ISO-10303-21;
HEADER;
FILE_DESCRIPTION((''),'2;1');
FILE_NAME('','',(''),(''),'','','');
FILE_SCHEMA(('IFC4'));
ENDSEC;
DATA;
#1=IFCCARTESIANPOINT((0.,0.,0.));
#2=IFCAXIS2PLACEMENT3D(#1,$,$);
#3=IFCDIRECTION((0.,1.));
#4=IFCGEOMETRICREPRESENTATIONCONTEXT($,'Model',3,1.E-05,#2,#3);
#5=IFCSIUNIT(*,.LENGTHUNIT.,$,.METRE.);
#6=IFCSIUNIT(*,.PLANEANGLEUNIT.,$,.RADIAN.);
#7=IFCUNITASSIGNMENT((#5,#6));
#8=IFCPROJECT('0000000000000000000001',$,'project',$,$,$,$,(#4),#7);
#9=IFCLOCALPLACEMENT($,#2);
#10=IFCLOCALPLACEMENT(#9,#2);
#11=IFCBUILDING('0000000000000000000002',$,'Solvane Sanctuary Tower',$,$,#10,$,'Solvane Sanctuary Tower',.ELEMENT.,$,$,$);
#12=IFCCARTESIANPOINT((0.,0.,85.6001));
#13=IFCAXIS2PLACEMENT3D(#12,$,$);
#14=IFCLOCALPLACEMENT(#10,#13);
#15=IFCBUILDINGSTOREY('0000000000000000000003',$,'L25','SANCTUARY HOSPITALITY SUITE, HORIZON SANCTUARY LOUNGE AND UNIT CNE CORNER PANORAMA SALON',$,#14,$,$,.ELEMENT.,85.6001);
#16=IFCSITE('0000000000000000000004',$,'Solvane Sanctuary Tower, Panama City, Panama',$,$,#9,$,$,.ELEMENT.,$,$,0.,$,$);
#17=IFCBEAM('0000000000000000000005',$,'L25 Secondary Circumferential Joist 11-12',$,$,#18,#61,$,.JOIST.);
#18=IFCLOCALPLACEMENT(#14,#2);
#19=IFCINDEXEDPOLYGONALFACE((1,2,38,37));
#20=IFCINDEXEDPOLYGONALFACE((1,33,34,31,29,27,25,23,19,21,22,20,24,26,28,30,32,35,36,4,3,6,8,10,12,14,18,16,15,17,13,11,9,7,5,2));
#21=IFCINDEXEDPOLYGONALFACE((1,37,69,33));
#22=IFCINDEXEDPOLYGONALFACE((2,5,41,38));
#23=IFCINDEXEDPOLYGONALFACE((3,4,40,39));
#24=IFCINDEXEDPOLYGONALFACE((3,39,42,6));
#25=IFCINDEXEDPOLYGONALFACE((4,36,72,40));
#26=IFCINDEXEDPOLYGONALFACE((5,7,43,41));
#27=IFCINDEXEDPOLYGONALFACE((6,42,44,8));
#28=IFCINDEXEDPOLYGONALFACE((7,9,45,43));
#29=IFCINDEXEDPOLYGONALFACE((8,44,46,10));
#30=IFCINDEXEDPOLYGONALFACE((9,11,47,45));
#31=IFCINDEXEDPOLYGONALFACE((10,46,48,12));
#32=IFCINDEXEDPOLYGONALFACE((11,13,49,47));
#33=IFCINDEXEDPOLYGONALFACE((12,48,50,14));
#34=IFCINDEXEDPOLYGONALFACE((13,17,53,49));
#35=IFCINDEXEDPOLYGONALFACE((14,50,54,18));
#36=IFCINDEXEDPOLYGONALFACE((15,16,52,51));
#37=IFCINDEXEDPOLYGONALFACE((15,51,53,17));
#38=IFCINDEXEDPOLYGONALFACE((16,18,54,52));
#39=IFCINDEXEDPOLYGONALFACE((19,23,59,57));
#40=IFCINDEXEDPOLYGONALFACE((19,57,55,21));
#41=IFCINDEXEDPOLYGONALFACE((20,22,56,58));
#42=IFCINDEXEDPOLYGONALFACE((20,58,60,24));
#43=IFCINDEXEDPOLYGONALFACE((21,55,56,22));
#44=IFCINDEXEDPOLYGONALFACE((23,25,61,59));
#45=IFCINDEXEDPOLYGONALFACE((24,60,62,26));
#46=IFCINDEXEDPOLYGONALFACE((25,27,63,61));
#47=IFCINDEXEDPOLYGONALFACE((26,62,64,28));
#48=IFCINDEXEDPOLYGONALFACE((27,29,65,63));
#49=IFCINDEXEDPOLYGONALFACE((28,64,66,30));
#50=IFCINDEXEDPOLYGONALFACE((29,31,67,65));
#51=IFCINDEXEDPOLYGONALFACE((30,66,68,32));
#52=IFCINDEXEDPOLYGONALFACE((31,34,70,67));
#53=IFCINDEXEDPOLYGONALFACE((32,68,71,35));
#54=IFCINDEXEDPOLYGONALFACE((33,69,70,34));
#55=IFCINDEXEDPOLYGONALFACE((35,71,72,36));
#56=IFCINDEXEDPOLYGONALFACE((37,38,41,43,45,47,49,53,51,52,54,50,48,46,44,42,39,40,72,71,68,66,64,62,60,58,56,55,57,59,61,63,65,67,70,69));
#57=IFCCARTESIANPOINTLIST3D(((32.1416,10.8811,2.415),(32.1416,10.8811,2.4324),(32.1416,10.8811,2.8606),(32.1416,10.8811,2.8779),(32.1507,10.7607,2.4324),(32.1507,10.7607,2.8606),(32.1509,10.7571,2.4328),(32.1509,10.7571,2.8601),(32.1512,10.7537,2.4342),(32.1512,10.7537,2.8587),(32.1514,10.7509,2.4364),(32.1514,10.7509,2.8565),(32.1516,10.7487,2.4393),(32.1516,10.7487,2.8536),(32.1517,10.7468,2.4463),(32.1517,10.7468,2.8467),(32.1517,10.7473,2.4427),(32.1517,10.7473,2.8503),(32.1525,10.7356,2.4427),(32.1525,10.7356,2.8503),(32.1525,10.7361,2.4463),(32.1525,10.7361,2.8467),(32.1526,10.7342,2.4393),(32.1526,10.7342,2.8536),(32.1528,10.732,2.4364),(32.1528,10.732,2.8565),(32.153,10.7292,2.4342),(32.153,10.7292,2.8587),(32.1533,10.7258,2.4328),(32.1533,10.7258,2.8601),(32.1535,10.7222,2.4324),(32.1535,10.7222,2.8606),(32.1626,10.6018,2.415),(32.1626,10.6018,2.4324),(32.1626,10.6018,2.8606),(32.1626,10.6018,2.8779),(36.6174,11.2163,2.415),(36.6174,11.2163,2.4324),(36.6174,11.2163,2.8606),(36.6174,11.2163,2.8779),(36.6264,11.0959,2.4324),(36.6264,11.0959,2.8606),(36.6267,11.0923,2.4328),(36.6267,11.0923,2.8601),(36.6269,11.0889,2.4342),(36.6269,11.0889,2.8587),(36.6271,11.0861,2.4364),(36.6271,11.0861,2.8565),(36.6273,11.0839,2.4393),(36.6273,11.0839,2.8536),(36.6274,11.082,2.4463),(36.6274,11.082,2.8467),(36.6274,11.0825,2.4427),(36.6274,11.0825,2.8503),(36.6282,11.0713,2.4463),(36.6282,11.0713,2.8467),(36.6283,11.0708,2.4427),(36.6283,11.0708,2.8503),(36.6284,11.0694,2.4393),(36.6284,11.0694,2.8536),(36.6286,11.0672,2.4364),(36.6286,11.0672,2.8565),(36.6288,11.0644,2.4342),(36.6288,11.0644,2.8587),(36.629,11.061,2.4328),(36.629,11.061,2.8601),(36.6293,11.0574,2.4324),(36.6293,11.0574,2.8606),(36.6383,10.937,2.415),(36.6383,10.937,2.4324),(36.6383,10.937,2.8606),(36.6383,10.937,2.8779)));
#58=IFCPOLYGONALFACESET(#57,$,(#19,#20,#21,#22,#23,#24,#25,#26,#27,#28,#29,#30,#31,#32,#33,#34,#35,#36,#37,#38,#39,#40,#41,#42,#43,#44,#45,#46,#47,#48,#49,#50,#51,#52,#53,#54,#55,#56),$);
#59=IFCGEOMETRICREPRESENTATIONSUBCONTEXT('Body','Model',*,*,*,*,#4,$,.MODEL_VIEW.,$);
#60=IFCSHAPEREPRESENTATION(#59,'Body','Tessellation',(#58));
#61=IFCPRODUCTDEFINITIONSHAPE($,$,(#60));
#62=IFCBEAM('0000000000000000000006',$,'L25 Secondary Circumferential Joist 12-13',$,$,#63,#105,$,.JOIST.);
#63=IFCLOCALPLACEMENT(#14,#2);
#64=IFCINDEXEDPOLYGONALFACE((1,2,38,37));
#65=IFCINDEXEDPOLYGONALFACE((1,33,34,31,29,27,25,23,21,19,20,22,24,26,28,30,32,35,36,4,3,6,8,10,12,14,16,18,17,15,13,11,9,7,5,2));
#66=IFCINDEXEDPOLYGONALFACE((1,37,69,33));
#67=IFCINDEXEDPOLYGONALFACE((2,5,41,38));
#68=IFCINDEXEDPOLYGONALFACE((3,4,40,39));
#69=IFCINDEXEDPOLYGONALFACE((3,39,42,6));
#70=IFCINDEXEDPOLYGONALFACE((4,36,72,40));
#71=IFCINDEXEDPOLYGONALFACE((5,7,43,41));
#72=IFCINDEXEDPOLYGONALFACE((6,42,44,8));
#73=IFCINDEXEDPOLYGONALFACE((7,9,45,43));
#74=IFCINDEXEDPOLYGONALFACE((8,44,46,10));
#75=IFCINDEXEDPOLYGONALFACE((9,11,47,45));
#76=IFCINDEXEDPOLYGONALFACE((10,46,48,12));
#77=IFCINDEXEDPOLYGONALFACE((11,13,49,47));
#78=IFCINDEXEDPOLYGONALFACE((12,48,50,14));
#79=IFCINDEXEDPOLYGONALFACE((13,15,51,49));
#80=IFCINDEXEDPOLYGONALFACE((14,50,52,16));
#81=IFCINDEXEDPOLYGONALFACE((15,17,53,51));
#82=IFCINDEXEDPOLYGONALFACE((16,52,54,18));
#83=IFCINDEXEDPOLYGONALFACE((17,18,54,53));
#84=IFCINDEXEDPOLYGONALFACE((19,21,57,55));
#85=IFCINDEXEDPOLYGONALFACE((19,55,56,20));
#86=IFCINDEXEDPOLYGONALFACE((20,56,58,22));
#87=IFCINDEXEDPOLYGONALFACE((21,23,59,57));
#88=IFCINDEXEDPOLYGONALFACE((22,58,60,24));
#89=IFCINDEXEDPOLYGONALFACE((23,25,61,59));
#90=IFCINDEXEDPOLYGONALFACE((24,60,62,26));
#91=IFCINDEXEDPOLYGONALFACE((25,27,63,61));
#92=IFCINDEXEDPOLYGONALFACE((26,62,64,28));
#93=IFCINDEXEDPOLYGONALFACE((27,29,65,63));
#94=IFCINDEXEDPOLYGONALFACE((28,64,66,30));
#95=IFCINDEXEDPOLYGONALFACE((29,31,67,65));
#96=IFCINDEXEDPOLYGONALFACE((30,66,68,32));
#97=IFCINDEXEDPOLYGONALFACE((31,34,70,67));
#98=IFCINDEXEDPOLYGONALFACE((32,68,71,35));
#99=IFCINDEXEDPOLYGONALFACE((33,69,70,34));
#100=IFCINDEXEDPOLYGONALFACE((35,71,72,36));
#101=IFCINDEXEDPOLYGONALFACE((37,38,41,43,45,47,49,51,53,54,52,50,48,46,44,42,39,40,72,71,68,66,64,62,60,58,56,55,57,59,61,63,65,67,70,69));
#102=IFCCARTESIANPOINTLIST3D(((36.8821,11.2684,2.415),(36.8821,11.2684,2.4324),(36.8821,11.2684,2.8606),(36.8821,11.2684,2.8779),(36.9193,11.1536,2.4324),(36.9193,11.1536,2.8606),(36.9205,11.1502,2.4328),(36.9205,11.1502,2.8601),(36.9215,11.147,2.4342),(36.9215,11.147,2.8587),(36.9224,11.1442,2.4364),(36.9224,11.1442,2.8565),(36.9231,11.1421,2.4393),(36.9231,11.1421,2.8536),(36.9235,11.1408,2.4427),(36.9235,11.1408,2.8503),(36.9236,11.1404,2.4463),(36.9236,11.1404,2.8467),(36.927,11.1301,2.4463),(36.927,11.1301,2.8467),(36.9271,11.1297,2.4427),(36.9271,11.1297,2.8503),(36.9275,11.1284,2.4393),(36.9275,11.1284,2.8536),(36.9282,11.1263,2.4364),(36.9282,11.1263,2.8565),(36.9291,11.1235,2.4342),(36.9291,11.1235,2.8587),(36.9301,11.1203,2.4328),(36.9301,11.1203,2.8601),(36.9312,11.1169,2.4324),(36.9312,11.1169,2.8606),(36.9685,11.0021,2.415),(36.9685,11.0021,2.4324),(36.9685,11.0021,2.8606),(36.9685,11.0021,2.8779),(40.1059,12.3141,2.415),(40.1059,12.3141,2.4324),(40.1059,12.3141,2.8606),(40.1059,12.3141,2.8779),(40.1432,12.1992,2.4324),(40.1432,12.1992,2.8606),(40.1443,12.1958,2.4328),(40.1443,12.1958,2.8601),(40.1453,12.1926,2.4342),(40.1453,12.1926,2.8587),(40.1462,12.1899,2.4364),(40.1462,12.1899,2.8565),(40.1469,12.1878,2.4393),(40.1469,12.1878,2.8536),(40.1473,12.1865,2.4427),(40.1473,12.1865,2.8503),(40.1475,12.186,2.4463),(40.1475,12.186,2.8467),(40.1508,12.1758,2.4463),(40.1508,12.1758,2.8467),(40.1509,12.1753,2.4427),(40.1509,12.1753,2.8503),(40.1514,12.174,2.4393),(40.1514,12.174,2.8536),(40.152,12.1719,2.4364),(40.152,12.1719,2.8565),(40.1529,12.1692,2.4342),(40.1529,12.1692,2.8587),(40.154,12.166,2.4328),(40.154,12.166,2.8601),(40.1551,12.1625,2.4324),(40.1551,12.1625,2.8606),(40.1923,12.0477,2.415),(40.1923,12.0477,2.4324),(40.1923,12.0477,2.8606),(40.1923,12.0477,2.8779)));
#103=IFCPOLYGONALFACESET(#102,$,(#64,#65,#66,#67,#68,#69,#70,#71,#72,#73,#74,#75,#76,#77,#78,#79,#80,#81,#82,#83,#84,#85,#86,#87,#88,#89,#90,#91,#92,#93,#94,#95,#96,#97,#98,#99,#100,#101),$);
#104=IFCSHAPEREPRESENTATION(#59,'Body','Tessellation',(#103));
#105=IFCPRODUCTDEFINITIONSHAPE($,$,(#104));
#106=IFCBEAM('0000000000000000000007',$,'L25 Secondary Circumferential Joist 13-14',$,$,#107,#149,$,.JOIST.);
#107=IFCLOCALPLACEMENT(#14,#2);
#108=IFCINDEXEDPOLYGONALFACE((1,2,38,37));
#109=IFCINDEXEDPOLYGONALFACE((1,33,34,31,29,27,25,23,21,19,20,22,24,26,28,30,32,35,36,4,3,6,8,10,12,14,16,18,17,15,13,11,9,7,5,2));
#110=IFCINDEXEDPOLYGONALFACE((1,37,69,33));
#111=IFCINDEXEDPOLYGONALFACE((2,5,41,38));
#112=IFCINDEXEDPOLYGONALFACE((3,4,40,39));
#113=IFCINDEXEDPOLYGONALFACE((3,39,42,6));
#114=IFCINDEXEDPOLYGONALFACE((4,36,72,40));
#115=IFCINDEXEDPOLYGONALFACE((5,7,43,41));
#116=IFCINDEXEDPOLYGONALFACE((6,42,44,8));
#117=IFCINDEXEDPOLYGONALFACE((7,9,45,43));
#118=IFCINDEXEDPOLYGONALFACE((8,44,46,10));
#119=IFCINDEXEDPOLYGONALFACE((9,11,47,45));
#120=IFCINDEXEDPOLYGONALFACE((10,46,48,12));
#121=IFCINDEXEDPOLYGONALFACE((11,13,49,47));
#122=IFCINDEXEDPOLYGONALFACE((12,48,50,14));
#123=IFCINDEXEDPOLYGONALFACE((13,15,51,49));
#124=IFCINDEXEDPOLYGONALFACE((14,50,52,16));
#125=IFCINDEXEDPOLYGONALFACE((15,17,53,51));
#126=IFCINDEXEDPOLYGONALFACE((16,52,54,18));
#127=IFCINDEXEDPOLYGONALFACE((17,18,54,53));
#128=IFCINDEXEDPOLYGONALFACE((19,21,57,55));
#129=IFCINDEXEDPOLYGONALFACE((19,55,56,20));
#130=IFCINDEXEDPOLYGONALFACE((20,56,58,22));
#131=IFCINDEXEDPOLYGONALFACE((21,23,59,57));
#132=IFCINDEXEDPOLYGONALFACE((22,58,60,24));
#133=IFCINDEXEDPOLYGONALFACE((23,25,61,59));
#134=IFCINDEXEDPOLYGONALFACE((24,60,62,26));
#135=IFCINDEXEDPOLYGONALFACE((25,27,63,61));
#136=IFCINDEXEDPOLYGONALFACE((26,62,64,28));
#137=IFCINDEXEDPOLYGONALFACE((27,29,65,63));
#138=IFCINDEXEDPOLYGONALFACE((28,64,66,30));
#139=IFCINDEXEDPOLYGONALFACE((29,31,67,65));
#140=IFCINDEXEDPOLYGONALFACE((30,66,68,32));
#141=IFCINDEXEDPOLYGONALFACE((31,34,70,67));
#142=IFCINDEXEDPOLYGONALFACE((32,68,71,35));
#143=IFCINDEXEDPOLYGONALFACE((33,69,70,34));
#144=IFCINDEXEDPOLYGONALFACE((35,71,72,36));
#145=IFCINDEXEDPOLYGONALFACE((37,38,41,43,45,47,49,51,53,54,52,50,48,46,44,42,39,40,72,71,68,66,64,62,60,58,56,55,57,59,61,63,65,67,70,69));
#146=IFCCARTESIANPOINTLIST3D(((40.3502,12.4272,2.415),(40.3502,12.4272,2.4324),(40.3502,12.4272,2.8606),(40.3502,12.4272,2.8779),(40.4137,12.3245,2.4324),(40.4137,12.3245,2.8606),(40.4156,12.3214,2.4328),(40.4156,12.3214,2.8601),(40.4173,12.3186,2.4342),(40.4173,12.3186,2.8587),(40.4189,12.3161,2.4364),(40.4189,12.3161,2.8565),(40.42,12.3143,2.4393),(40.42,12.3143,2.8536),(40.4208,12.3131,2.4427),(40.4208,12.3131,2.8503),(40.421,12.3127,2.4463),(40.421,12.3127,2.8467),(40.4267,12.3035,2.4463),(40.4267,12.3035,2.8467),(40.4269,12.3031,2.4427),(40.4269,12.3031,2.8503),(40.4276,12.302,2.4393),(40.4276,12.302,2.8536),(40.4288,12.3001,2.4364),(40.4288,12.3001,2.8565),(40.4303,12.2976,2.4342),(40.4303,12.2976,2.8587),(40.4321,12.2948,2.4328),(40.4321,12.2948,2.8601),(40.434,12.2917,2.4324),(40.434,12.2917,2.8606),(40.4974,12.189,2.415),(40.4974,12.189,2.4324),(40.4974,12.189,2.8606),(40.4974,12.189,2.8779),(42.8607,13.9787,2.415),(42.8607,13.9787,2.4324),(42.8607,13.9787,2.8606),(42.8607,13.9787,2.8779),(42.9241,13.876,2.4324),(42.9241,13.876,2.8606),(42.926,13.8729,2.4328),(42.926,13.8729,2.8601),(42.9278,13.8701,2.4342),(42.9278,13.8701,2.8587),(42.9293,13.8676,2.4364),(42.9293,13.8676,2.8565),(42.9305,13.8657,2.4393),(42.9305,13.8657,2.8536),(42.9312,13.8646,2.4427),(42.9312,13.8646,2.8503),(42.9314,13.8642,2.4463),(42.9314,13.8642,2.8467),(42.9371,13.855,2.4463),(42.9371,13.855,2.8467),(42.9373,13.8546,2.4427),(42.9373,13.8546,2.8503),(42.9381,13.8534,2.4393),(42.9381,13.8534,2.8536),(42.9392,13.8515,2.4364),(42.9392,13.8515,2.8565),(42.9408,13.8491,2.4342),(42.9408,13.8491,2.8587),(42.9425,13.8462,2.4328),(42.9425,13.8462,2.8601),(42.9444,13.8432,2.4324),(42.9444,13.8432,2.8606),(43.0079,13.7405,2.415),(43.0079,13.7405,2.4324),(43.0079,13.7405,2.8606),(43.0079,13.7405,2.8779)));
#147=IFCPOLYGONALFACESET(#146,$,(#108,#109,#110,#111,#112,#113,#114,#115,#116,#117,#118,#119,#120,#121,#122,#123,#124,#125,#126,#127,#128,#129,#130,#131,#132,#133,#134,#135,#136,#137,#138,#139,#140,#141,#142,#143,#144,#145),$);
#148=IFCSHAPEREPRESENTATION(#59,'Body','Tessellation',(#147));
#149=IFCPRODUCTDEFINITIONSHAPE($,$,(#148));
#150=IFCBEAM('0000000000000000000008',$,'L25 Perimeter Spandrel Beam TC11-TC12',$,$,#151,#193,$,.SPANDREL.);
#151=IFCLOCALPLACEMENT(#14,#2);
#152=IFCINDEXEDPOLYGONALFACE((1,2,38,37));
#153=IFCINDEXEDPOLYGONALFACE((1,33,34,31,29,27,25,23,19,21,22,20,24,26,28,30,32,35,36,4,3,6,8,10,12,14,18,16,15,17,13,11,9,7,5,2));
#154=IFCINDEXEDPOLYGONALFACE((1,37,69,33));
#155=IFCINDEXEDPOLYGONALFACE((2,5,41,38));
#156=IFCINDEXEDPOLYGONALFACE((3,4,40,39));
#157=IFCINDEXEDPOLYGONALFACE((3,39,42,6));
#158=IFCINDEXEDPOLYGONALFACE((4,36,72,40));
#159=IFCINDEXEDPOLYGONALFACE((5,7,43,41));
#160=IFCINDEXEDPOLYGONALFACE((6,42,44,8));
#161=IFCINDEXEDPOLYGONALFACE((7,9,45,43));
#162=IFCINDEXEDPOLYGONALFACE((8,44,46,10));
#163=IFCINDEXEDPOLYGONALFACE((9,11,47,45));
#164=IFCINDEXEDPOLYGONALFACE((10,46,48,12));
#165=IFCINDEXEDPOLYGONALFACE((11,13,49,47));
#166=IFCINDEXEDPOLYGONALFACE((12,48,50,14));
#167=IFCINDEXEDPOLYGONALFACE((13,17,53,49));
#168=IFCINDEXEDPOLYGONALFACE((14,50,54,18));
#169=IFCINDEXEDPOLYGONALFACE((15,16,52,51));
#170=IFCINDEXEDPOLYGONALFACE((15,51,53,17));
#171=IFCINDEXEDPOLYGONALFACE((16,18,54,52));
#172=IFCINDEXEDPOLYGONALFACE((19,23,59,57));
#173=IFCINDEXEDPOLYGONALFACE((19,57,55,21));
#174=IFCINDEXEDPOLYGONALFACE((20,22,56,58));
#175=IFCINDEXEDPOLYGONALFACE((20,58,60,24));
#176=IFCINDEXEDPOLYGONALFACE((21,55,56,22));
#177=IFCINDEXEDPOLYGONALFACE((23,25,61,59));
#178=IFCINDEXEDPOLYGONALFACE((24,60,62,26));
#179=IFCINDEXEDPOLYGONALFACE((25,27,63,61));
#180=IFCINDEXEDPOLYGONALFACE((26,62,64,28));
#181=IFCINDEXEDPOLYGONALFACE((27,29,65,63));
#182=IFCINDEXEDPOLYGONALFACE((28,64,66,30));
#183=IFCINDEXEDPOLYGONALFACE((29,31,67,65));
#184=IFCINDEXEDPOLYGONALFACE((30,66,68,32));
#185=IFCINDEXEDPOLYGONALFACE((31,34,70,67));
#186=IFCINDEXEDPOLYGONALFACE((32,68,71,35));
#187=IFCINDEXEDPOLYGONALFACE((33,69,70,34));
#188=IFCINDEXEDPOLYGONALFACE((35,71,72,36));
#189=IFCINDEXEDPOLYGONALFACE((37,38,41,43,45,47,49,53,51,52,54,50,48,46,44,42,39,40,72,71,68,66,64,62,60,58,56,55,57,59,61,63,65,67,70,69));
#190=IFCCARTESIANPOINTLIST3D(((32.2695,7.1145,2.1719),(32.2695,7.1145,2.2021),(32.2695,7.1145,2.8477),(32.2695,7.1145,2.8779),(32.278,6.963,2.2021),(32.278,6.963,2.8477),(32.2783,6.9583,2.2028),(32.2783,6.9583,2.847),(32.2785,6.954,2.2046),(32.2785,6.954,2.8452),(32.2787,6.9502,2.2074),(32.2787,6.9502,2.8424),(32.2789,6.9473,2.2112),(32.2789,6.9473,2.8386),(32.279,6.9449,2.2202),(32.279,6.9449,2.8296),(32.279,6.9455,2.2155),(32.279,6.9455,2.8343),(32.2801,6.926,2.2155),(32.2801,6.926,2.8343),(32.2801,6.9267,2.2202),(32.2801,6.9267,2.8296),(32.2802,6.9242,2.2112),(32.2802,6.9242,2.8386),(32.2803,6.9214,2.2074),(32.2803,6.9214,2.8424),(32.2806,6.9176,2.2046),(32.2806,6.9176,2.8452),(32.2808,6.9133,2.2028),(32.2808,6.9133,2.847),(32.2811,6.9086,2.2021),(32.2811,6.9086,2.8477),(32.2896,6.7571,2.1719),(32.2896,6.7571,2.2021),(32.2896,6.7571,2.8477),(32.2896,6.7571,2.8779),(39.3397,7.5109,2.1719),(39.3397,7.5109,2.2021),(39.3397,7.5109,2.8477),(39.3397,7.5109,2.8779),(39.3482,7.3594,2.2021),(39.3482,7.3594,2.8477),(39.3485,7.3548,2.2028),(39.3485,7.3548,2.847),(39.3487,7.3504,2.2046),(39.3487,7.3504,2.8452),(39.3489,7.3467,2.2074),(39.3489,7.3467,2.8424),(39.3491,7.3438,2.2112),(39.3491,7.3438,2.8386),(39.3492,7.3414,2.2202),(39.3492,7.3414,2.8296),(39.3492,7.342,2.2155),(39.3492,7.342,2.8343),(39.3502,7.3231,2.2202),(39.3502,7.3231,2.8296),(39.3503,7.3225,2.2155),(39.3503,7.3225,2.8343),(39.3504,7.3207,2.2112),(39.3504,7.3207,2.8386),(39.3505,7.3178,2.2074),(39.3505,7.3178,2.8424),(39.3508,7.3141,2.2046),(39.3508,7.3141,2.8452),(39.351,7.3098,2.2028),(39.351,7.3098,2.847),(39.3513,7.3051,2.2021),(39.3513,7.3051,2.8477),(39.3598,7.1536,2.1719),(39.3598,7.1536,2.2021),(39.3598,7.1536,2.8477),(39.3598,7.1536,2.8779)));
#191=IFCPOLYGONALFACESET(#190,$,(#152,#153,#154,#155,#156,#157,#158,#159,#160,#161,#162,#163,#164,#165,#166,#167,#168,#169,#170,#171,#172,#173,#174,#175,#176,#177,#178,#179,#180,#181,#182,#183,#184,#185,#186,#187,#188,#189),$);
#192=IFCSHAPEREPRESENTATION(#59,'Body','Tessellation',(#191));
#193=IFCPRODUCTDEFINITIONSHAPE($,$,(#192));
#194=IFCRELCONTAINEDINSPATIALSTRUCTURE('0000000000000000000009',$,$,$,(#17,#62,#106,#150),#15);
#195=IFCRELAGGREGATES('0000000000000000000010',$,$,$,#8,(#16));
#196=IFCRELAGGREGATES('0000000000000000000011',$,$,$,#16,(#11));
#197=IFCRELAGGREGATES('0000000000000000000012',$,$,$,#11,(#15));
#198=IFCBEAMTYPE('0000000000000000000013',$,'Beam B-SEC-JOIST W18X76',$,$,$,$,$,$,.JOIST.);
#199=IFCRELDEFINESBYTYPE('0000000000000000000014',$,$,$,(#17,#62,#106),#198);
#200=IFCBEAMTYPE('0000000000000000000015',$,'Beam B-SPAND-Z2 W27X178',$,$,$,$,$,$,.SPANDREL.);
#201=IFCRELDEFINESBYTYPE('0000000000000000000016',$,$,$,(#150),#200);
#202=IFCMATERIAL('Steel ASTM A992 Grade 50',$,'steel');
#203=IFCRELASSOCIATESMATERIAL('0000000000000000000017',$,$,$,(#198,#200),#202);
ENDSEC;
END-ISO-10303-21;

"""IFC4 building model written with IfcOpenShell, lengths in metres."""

from ifc_helpers import new_model, si_unit, direction, frame, origin, origin_2d, place, context, subcontext, project, spatial, i_section, extrude, material, material_profile, profile_set, type_object, element, save


model = new_model("IFC4")

# Units and contexts
model_context = context("Model", 3, precision=1e-05, world=origin(), true_north=direction((0.0, 1.0)))
body_context = subcontext(model_context, "Body", "Model", "MODEL_VIEW")
ifc_project = project(units=[si_unit("LENGTHUNIT", "METRE"), si_unit("PLANEANGLEUNIT", "RADIAN")], contexts=[model_context])

# Site, building, storey
site_placement = place(None, origin())
site = spatial("IfcSite", under=ifc_project, at=site_placement, Name="Solvane Sanctuary Tower, Panama City, Panama", CompositionType="ELEMENT", RefElevation=0.0)
building_placement = place(site_placement, origin())
building = spatial("IfcBuilding", under=site, at=building_placement, Name="Solvane Sanctuary Tower", LongName="Solvane Sanctuary Tower", CompositionType="ELEMENT")
storey_placement = place(building_placement, frame((0.0, 0.0, 85.6001)))
storey = spatial("IfcBuildingStorey", under=building, at=storey_placement, Name="L25", Description="SANCTUARY HOSPITALITY SUITE, HORIZON SANCTUARY LOUNGE AND UNIT CNE CORNER PANORAMA SALON", CompositionType="ELEMENT", Elevation=85.6001)

# Beams
ifc_material_1 = material(Name="Steel ASTM A992 Grade 50", Category="steel")
ifc_material_profile_1 = material_profile(ifc_material_1, i_section(OverallWidth=0.28, OverallDepth=0.4629, WebThickness=0.0107, FlangeThickness=0.0173, FilletRadius=0.0139, at=origin_2d()), Name="W18X76")
ifc_profile_set_1 = profile_set([ifc_material_profile_1], Name="Steel ASTM A992 Grade 50")
beam_type_1 = type_object("IfcBeamType", Name="Beam B-SEC-JOIST W18X76", PredefinedType="JOIST", material=ifc_profile_set_1)
beam_1_placement = place(storey_placement, frame((32.1521, 10.7415, 2.6465), z_axis=(0.997207, 0.074683, 0.0), x_axis=(-0.074683, 0.997207, 0.0)))
element("IfcBeam", 1, at=beam_1_placement, inside=storey, type_object=beam_type_1, Name="L25 Secondary Circumferential Joist 11-12", PredefinedType="JOIST", context=body_context, shape_type="SweptSolid", body=[
    extrude(i_section(OverallWidth=0.28, OverallDepth=0.4629, WebThickness=0.0107, FlangeThickness=0.0173, FilletRadius=0.0139, at=origin_2d()), origin(), (0.0, 0.0, 1.0), 4.4883),
])
beam_2_placement = place(storey_placement, frame((36.9253, 11.1353, 2.6465), z_axis=(0.951217, 0.308524, 0.0), x_axis=(-0.308524, 0.951217, 0.0)))
element("IfcBeam", 2, at=beam_2_placement, inside=storey, type_object=beam_type_1, Name="L25 Secondary Circumferential Joist 12-13", PredefinedType="JOIST", context=body_context, shape_type="SweptSolid", body=[
    extrude(i_section(OverallWidth=0.28, OverallDepth=0.4629, WebThickness=0.0107, FlangeThickness=0.0173, FilletRadius=0.0139, at=origin_2d()), origin(), (0.0, 0.0, 1.0), 3.3892),
])
beam_3_placement = place(storey_placement, frame((40.4238, 12.3081, 2.6465), z_axis=(0.85066, 0.525717, 0.0), x_axis=(-0.525717, 0.85066, 0.0)))
element("IfcBeam", 3, at=beam_3_placement, inside=storey, type_object=beam_type_1, Name="L25 Secondary Circumferential Joist 13-14", PredefinedType="JOIST", context=body_context, shape_type="SweptSolid", body=[
    extrude(i_section(OverallWidth=0.28, OverallDepth=0.4629, WebThickness=0.0107, FlangeThickness=0.0173, FilletRadius=0.0139, at=origin_2d()), origin(), (0.0, 0.0, 1.0), 2.9512),
])
ifc_material_profile_2 = material_profile(ifc_material_1, i_section(OverallWidth=0.3579, OverallDepth=0.7061, WebThickness=0.0183, FlangeThickness=0.0303, FilletRadius=0.0181, at=origin_2d()), Name="W27X178")
ifc_profile_set_2 = profile_set([ifc_material_profile_2], Name="Steel ASTM A992 Grade 50")
beam_type_2 = type_object("IfcBeamType", Name="Beam B-SPAND-Z2 W27X178", PredefinedType="SPANDREL", material=ifc_profile_set_2)
beam_4_placement = place(storey_placement, frame((32.2795, 6.9358, 2.5249), z_axis=(0.998431, 0.055989, 0.0), x_axis=(-0.055989, 0.998431, 0.0)))
element("IfcBeam", 4, at=beam_4_placement, inside=storey, type_object=beam_type_2, Name="L25 Perimeter Spandrel Beam TC11-TC12", PredefinedType="SPANDREL", context=body_context, shape_type="SweptSolid", body=[
    extrude(i_section(OverallWidth=0.3579, OverallDepth=0.7061, WebThickness=0.0183, FlangeThickness=0.0303, FilletRadius=0.0181, at=origin_2d()), origin(), (0.0, 0.0, 1.0), 7.0813),
])

save(model, "model.ifc")
